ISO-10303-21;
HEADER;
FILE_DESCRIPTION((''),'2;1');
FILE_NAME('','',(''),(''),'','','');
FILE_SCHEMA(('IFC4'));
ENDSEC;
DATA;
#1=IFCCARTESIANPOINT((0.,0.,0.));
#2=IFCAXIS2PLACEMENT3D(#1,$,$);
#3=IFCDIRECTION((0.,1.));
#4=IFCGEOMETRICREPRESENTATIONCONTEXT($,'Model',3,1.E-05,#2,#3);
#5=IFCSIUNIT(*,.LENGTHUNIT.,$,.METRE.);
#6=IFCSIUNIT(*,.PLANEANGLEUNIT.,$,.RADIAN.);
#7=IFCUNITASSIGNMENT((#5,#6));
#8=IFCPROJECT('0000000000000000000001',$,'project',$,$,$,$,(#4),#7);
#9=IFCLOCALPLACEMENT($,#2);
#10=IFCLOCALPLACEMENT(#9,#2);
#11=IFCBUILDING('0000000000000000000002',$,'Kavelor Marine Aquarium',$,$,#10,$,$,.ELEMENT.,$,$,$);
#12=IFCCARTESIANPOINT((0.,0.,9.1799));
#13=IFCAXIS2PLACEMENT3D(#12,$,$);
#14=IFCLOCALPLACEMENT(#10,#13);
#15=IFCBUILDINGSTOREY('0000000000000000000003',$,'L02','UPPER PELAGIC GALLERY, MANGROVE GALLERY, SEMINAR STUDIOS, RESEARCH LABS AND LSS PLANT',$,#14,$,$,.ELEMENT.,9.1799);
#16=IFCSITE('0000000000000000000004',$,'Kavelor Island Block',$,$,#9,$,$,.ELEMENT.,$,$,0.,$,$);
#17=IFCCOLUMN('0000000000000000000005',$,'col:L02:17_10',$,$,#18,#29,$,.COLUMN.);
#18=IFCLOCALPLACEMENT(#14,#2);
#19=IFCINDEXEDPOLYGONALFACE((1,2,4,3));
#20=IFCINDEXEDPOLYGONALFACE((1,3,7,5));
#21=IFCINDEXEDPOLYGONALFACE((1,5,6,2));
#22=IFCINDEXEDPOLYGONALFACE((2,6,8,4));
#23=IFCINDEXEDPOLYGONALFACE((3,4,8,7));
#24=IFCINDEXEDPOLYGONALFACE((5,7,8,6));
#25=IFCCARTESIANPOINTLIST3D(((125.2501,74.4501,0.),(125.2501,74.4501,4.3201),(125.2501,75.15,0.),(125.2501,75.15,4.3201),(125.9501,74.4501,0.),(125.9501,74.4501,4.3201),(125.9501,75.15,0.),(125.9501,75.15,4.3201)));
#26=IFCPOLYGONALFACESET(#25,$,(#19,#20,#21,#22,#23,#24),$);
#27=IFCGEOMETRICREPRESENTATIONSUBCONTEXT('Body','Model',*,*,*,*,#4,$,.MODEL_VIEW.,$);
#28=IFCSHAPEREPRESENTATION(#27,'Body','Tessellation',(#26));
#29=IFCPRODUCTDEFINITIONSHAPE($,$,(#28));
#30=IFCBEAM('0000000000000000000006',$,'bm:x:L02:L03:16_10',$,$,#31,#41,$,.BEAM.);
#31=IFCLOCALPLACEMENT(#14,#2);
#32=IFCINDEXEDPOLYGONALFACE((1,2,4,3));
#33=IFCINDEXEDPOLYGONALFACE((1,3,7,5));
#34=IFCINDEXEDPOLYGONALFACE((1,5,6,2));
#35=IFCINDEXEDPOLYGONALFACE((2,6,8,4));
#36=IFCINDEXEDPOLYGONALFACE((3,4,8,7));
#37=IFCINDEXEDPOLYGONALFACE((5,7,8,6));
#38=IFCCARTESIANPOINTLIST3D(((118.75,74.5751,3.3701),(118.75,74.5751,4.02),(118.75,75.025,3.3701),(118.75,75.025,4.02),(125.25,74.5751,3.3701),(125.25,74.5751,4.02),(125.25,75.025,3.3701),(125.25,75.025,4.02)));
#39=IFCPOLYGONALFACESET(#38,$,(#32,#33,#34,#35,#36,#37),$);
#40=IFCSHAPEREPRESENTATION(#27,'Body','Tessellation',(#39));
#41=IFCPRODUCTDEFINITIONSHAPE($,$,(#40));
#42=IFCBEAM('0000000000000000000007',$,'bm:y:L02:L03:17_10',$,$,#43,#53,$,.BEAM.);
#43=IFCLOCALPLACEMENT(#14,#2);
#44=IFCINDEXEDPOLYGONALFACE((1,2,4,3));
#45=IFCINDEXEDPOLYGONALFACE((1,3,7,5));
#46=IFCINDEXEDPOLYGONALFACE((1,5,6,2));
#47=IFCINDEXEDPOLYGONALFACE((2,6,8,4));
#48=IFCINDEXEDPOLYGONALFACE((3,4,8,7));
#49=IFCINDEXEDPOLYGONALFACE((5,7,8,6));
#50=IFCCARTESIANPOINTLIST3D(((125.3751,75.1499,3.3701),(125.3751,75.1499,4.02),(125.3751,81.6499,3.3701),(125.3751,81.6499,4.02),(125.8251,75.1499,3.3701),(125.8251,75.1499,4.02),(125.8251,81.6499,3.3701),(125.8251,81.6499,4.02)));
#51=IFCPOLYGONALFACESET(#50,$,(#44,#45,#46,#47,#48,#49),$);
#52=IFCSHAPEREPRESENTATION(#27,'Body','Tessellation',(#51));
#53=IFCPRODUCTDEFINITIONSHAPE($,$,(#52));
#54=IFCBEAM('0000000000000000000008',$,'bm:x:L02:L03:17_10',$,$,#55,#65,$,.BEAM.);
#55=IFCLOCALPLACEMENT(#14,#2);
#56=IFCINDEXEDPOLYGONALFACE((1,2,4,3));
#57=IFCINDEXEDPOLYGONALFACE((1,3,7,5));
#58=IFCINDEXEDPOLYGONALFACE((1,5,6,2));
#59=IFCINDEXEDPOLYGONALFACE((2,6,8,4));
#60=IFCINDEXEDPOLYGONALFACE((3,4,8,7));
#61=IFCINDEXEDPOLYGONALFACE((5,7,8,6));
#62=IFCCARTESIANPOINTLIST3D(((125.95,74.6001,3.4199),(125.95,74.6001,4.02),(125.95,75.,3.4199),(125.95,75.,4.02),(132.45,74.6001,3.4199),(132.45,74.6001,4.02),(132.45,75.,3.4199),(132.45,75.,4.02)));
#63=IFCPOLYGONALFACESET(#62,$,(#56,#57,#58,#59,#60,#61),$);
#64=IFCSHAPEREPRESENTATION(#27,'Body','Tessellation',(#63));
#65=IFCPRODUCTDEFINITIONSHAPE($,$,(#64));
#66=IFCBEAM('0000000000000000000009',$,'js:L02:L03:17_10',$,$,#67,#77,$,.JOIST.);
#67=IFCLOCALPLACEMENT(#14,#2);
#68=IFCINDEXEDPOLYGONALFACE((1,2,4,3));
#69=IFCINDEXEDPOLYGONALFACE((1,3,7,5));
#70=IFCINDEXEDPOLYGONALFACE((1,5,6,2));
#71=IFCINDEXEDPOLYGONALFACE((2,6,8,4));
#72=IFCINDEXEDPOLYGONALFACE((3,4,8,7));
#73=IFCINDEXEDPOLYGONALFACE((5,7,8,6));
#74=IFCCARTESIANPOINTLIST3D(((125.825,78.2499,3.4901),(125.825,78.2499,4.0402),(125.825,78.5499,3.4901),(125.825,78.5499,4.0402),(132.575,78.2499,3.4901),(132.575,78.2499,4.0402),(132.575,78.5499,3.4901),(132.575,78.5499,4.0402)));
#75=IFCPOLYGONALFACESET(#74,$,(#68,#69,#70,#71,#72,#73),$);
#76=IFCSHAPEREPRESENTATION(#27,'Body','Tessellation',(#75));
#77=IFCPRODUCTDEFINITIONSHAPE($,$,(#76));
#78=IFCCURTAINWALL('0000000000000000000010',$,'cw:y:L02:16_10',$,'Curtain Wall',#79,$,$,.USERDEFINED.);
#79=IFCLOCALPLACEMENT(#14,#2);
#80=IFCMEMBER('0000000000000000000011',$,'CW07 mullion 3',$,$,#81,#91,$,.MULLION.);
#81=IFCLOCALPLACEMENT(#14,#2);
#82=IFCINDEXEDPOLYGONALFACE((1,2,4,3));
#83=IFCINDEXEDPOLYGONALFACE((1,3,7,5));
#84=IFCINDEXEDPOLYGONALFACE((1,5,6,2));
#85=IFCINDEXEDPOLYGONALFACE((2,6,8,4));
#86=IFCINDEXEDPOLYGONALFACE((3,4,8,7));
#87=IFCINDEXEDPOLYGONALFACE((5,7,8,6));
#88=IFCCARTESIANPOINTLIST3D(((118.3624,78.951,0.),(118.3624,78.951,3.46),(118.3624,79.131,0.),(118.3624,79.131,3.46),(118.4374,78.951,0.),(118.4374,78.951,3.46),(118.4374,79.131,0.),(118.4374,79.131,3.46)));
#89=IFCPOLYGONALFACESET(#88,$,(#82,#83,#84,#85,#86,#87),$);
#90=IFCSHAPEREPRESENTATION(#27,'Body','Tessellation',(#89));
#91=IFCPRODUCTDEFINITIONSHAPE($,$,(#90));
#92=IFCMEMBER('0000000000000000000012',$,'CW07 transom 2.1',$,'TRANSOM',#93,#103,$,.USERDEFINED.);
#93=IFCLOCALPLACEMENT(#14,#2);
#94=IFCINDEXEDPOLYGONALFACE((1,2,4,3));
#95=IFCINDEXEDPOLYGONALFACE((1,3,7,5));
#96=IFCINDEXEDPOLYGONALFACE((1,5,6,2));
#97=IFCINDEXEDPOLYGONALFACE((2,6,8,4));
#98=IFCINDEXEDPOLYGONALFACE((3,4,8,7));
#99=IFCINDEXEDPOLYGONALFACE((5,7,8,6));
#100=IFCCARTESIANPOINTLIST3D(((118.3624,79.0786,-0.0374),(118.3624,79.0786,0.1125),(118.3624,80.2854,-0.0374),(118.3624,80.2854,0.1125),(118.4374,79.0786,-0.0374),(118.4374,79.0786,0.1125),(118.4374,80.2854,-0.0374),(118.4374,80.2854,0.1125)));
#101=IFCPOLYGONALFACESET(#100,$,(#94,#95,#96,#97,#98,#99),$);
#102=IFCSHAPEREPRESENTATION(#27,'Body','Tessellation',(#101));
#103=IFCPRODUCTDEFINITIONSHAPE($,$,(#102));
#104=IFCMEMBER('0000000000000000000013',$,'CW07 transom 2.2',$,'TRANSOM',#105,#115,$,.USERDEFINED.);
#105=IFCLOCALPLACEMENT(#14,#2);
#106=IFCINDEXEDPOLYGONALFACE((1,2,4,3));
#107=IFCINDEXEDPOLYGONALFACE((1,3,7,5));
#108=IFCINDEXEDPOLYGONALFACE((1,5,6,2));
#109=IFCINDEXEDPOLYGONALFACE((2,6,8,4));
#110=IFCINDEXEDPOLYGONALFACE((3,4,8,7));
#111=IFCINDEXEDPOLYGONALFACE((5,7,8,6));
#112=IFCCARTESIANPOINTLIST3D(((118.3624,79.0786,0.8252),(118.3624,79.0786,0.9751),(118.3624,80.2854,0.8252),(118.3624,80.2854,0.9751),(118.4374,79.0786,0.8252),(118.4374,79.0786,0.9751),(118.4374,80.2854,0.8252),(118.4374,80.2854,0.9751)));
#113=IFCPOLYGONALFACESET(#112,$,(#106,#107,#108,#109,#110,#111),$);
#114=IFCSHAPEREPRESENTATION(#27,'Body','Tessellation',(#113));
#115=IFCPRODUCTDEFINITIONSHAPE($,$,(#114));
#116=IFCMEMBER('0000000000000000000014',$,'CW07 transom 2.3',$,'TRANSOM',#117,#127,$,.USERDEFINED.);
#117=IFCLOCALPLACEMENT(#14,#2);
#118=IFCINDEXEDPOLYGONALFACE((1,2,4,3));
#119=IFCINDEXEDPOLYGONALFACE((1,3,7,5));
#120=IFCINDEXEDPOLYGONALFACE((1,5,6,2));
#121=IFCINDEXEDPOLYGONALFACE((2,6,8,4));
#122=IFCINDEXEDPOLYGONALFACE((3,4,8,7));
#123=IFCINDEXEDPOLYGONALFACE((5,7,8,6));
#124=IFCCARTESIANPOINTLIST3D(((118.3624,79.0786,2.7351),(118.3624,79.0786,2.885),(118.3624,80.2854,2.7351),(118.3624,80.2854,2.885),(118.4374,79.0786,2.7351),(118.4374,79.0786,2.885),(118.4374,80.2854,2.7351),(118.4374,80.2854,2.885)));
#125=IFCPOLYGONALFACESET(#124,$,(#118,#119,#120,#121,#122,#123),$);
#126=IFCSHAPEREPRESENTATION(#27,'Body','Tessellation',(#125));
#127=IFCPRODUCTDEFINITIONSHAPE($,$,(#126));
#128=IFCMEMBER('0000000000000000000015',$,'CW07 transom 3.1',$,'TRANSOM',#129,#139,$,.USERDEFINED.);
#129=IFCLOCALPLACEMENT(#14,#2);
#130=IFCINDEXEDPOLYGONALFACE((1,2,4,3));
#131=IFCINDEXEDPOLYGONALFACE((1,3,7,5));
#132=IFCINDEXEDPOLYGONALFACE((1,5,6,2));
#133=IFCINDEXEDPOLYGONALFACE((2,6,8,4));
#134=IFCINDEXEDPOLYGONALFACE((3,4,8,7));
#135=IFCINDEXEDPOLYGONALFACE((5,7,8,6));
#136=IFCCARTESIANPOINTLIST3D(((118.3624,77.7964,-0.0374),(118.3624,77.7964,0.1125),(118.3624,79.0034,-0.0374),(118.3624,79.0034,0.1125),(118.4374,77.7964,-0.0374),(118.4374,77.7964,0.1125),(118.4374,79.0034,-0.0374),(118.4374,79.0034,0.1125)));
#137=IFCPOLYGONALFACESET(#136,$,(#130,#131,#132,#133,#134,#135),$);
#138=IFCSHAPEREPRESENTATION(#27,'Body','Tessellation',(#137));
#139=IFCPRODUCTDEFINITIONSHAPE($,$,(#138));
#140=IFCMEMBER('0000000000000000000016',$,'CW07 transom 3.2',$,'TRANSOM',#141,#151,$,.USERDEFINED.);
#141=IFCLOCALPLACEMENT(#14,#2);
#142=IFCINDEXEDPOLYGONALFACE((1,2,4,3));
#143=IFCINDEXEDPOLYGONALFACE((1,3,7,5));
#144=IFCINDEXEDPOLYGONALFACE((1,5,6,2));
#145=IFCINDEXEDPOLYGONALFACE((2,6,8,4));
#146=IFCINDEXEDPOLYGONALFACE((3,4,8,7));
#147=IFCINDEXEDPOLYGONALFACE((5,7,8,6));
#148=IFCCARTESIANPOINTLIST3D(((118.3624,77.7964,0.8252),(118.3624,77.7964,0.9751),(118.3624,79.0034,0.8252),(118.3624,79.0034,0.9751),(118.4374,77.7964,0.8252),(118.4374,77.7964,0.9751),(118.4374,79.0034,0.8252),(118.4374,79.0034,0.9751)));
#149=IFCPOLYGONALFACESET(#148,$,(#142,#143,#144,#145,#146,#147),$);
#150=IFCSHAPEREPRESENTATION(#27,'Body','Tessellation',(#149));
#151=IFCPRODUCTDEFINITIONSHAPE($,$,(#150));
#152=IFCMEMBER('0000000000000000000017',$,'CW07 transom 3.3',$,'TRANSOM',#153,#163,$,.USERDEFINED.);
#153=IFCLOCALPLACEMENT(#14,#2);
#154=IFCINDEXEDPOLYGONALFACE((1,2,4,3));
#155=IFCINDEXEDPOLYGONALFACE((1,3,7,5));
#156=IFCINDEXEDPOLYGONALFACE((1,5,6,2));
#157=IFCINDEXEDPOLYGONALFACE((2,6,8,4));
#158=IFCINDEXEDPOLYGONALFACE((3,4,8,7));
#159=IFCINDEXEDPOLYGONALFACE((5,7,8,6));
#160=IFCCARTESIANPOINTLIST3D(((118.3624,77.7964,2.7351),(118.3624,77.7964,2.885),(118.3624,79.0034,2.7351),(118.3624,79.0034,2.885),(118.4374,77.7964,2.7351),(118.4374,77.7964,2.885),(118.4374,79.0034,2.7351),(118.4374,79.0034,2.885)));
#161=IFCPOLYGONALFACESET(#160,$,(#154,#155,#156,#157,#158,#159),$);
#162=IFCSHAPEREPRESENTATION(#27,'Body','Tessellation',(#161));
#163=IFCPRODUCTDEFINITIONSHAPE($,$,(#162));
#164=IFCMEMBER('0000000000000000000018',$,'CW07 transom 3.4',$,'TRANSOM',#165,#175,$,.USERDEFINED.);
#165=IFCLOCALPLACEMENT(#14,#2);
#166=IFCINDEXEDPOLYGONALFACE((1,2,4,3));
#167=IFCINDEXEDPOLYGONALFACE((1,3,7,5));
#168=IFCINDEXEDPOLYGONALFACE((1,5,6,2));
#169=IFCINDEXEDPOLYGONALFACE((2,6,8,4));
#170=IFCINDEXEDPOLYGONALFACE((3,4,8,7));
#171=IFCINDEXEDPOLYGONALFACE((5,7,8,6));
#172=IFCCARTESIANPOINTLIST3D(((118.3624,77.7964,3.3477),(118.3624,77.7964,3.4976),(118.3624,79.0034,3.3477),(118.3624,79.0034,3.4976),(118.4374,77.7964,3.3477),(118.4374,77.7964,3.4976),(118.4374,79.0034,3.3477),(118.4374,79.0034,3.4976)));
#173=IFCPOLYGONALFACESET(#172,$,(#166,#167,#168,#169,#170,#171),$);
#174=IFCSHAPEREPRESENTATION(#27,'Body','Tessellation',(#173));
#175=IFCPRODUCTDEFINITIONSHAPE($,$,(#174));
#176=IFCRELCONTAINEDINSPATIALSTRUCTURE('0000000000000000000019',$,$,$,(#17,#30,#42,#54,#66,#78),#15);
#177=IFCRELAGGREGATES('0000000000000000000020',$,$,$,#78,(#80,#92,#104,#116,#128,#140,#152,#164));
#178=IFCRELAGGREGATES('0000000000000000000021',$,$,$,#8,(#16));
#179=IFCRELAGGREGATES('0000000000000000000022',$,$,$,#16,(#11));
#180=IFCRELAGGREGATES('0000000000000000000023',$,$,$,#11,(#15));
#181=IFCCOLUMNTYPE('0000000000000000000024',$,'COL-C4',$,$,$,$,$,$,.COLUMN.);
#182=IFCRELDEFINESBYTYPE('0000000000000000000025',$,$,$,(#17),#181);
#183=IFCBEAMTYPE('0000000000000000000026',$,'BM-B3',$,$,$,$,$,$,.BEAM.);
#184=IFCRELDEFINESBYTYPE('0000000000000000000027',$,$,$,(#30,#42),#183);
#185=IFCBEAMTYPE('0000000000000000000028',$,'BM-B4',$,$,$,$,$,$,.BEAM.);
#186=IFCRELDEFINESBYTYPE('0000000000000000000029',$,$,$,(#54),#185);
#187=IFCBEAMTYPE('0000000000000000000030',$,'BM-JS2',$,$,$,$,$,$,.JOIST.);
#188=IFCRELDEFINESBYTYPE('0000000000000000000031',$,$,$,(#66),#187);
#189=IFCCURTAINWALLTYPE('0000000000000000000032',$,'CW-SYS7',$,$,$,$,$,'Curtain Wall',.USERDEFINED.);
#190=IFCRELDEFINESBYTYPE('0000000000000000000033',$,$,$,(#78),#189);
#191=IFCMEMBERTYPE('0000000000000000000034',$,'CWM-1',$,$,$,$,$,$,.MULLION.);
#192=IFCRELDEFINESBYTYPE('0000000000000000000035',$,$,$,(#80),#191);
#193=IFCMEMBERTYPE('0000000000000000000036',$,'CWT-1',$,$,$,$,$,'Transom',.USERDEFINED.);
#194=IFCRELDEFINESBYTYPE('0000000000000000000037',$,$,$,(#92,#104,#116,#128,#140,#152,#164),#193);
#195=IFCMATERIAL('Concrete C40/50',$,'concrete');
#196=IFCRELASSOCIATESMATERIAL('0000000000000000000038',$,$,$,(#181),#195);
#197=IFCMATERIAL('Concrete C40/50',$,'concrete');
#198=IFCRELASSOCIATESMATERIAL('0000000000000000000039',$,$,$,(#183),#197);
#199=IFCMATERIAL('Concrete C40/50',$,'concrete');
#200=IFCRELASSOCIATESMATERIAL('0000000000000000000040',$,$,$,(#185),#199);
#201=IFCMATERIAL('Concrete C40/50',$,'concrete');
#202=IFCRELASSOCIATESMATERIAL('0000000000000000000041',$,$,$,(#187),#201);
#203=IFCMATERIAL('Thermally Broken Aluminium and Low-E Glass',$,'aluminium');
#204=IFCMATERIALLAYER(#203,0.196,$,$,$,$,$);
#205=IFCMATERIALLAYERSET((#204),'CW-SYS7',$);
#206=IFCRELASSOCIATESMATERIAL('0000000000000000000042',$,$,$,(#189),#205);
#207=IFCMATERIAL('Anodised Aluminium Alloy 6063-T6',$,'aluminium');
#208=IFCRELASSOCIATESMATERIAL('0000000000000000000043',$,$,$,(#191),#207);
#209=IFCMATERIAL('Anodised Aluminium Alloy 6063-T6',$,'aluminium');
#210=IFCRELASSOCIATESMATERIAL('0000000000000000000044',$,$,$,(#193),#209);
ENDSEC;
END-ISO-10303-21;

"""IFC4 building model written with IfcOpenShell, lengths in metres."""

from ifc_helpers import new_model, si_unit, direction, frame, origin, origin_2d, place, context, subcontext, project, spatial, rectangle, extrude, material, layer, layer_set, material_profile, profile_set, type_object, element, aggregate, save


model = new_model("IFC4")

# Units and contexts
model_context = context("Model", 3, precision=1e-05, world=origin(), true_north=direction((0.0, 1.0)))
body_context = subcontext(model_context, "Body", "Model", "MODEL_VIEW")
ifc_project = project(units=[si_unit("LENGTHUNIT", "METRE"), si_unit("PLANEANGLEUNIT", "RADIAN")], contexts=[model_context])

# Site, building, storey
site_placement = place(None, origin())
site = spatial("IfcSite", under=ifc_project, at=site_placement, Name="Kavelor Island Block", CompositionType="ELEMENT", RefElevation=0.0)
building_placement = place(site_placement, origin())
building = spatial("IfcBuilding", under=site, at=building_placement, Name="Kavelor Marine Aquarium", CompositionType="ELEMENT")
storey_placement = place(building_placement, frame((0.0, 0.0, 9.1799)))
storey = spatial("IfcBuildingStorey", under=building, at=storey_placement, Name="L02", Description="UPPER PELAGIC GALLERY, MANGROVE GALLERY, SEMINAR STUDIOS, RESEARCH LABS AND LSS PLANT", CompositionType="ELEMENT", Elevation=9.1799)

# Column
ifc_material_1 = material(Name="Concrete C40/50", Category="concrete")
ifc_material_profile_1 = material_profile(ifc_material_1, rectangle(XDim=0.7, YDim=0.7, at=origin_2d()), Name="RC-COL 700x700")
ifc_profile_set_1 = profile_set([ifc_material_profile_1], Name="Concrete C40/50")
column_type = type_object("IfcColumnType", Name="COL-C4", PredefinedType="COLUMN", material=ifc_profile_set_1)
column_placement = place(storey_placement, frame((125.6001, 74.8, 0.0), z_axis=(0.0, 0.0, 1.0), x_axis=(1.0, 0.0, 0.0)))
element("IfcColumn", 1, at=column_placement, inside=storey, type_object=column_type, Name="col:L02:17_10", PredefinedType="COLUMN", context=body_context, shape_type="SweptSolid", body=[
    extrude(rectangle(XDim=0.7, YDim=0.7, at=origin_2d()), origin(), (0.0, 0.0, 1.0), 4.3201),
])

# Beams
ifc_material_2 = material(Name="Concrete C40/50", Category="concrete")
ifc_material_profile_2 = material_profile(ifc_material_2, rectangle(XDim=0.45, YDim=0.6499, at=origin_2d()), Name="RC-BM 450x650")
ifc_profile_set_2 = profile_set([ifc_material_profile_2], Name="Concrete C40/50")
beam_type_1 = type_object("IfcBeamType", Name="BM-B3", PredefinedType="BEAM", material=ifc_profile_set_2)
for number, where, z_axis, x_axis, name in (
    (2, (118.75, 74.8, 3.6951), (1.0, 0.0, 0.0), (0.0, 1.0, 0.0), "bm:x:L02:L03:16_10"),
    (3, (125.6001, 75.1499, 3.6951), (0.0, 1.0, 0.0), (-1.0, 0.0, 0.0), "bm:y:L02:L03:17_10"),
):
    element("IfcBeam", number, at=place(storey_placement, frame(where, z_axis=z_axis, x_axis=x_axis)), inside=storey, type_object=beam_type_1, Name=name, PredefinedType="BEAM", context=body_context, shape_type="SweptSolid", body=[
        extrude(rectangle(XDim=0.45, YDim=0.6499, at=origin_2d()), origin(), (0.0, 0.0, 1.0), 6.5),
    ])
ifc_material_3 = material(Name="Concrete C40/50", Category="concrete")
ifc_material_profile_3 = material_profile(ifc_material_3, rectangle(XDim=0.3999, YDim=0.6001, at=origin_2d()), Name="RC-BM 400x600")
ifc_profile_set_3 = profile_set([ifc_material_profile_3], Name="Concrete C40/50")
beam_type_2 = type_object("IfcBeamType", Name="BM-B4", PredefinedType="BEAM", material=ifc_profile_set_3)
beam_1_placement = place(storey_placement, frame((125.95, 74.8, 3.72), z_axis=(1.0, 0.0, 0.0), x_axis=(0.0, 1.0, 0.0)))
element("IfcBeam", 4, at=beam_1_placement, inside=storey, type_object=beam_type_2, Name="bm:x:L02:L03:17_10", PredefinedType="BEAM", context=body_context, shape_type="SweptSolid", body=[
    extrude(rectangle(XDim=0.3999, YDim=0.6001, at=origin_2d()), origin(), (0.0, 0.0, 1.0), 6.5),
])
ifc_material_4 = material(Name="Concrete C40/50", Category="concrete")
ifc_material_profile_4 = material_profile(ifc_material_4, rectangle(XDim=0.3, YDim=0.55, at=origin_2d()), Name="RC-JS 300x550")
ifc_profile_set_4 = profile_set([ifc_material_profile_4], Name="Concrete C40/50")
beam_type_3 = type_object("IfcBeamType", Name="BM-JS2", PredefinedType="JOIST", material=ifc_profile_set_4)
beam_2_placement = place(storey_placement, frame((125.825, 78.3999, 3.7651), z_axis=(1.0, 0.0, 0.0), x_axis=(0.0, 1.0, 0.0)))
element("IfcBeam", 5, at=beam_2_placement, inside=storey, type_object=beam_type_3, Name="js:L02:L03:17_10", PredefinedType="JOIST", context=body_context, shape_type="SweptSolid", body=[
    extrude(rectangle(XDim=0.3, YDim=0.55, at=origin_2d()), origin(), (0.0, 0.0, 1.0), 6.75),
])

# Curtain wall, members
ifc_material_5 = material(Name="Thermally Broken Aluminium and Low-E Glass", Category="aluminium")
ifc_layer_1 = layer(ifc_material_5, 0.196)
ifc_layer_set_1 = layer_set([ifc_layer_1], Name="CW-SYS7")
curtain_wall_type = type_object("IfcCurtainWallType", Name="CW-SYS7", ElementType="Curtain Wall", PredefinedType="USERDEFINED", material=ifc_layer_set_1)
curtain_wall_placement = place(storey_placement, origin())
curtain_wall = element("IfcCurtainWall", 6, at=curtain_wall_placement, inside=storey, type_object=curtain_wall_type, Name="cw:y:L02:16_10", ObjectType="Curtain Wall", PredefinedType="USERDEFINED")
ifc_material_6 = material(Name="Anodised Aluminium Alloy 6063-T6", Category="aluminium")
ifc_material_profile_5 = material_profile(ifc_material_6, rectangle(XDim=0.075, YDim=0.1799, at=origin_2d()), Name="CW-MUL 75x180")
ifc_profile_set_5 = profile_set([ifc_material_profile_5], Name="Anodised Aluminium Alloy 6063-T6")
member_type_1 = type_object("IfcMemberType", Name="CWM-1", PredefinedType="MULLION", material=ifc_profile_set_5)
member_1_placement = place(storey_placement, frame((118.3999, 79.041, 0.0), z_axis=(0.0, 0.0, 1.0), x_axis=(1.0, 0.0, 0.0)))
member_1 = element("IfcMember", 7, at=member_1_placement, type_object=member_type_1, Name="CW07 mullion 3", PredefinedType="MULLION", context=body_context, shape_type="SweptSolid", body=[
    extrude(rectangle(XDim=0.075, YDim=0.1799, at=origin_2d()), origin(), (0.0, 0.0, 1.0), 3.46),
])
ifc_material_7 = material(Name="Anodised Aluminium Alloy 6063-T6", Category="aluminium")
ifc_material_profile_6 = material_profile(ifc_material_7, rectangle(XDim=0.075, YDim=0.1499, at=origin_2d()), Name="CW-TRN 75x150")
ifc_profile_set_6 = profile_set([ifc_material_profile_6], Name="Anodised Aluminium Alloy 6063-T6")
member_type_2 = type_object("IfcMemberType", Name="CWT-1", ElementType="Transom", PredefinedType="USERDEFINED", material=ifc_profile_set_6)
member_2_placement = place(storey_placement, frame((118.3999, 80.2854, 0.0376), z_axis=(0.0, -1.0, 0.0), x_axis=(1.0, 0.0, 0.0)))
member_2 = element("IfcMember", 8, at=member_2_placement, type_object=member_type_2, Name="CW07 transom 2.1", ObjectType="TRANSOM", PredefinedType="USERDEFINED", context=body_context, shape_type="SweptSolid", body=[
    extrude(rectangle(XDim=0.075, YDim=0.1499, at=origin_2d()), origin(), (0.0, 0.0, 1.0), 1.2068),
])
member_3_placement = place(storey_placement, frame((118.3999, 80.2854, 0.9001), z_axis=(0.0, -1.0, 0.0), x_axis=(1.0, 0.0, 0.0)))
member_3 = element("IfcMember", 9, at=member_3_placement, type_object=member_type_2, Name="CW07 transom 2.2", ObjectType="TRANSOM", PredefinedType="USERDEFINED", context=body_context, shape_type="SweptSolid", body=[
    extrude(rectangle(XDim=0.075, YDim=0.1499, at=origin_2d()), origin(), (0.0, 0.0, 1.0), 1.2068),
])
member_4_placement = place(storey_placement, frame((118.3999, 80.2854, 2.8101), z_axis=(0.0, -1.0, 0.0), x_axis=(1.0, 0.0, 0.0)))
member_4 = element("IfcMember", 10, at=member_4_placement, type_object=member_type_2, Name="CW07 transom 2.3", ObjectType="TRANSOM", PredefinedType="USERDEFINED", context=body_context, shape_type="SweptSolid", body=[
    extrude(rectangle(XDim=0.075, YDim=0.1499, at=origin_2d()), origin(), (0.0, 0.0, 1.0), 1.2068),
])
member_5_placement = place(storey_placement, frame((118.3999, 79.0034, 0.0376), z_axis=(0.0, -1.0, 0.0), x_axis=(1.0, 0.0, 0.0)))
member_5 = element("IfcMember", 11, at=member_5_placement, type_object=member_type_2, Name="CW07 transom 3.1", ObjectType="TRANSOM", PredefinedType="USERDEFINED", context=body_context, shape_type="SweptSolid", body=[
    extrude(rectangle(XDim=0.075, YDim=0.1499, at=origin_2d()), origin(), (0.0, 0.0, 1.0), 1.207),
])
member_6_placement = place(storey_placement, frame((118.3999, 79.0034, 0.9001), z_axis=(0.0, -1.0, 0.0), x_axis=(1.0, 0.0, 0.0)))
member_6 = element("IfcMember", 12, at=member_6_placement, type_object=member_type_2, Name="CW07 transom 3.2", ObjectType="TRANSOM", PredefinedType="USERDEFINED", context=body_context, shape_type="SweptSolid", body=[
    extrude(rectangle(XDim=0.075, YDim=0.1499, at=origin_2d()), origin(), (0.0, 0.0, 1.0), 1.207),
])
member_7_placement = place(storey_placement, frame((118.3999, 79.0034, 2.8101), z_axis=(0.0, -1.0, 0.0), x_axis=(1.0, 0.0, 0.0)))
member_7 = element("IfcMember", 13, at=member_7_placement, type_object=member_type_2, Name="CW07 transom 3.3", ObjectType="TRANSOM", PredefinedType="USERDEFINED", context=body_context, shape_type="SweptSolid", body=[
    extrude(rectangle(XDim=0.075, YDim=0.1499, at=origin_2d()), origin(), (0.0, 0.0, 1.0), 1.207),
])
member_8_placement = place(storey_placement, frame((118.3999, 79.0034, 3.4226), z_axis=(0.0, -1.0, 0.0), x_axis=(1.0, 0.0, 0.0)))
member_8 = element("IfcMember", 14, at=member_8_placement, type_object=member_type_2, Name="CW07 transom 3.4", ObjectType="TRANSOM", PredefinedType="USERDEFINED", context=body_context, shape_type="SweptSolid", body=[
    extrude(rectangle(XDim=0.075, YDim=0.1499, at=origin_2d()), origin(), (0.0, 0.0, 1.0), 1.207),
])

aggregate(curtain_wall, [member_1, member_2, member_3, member_4, member_5, member_6, member_7, member_8])

save(model, "model.ifc")
